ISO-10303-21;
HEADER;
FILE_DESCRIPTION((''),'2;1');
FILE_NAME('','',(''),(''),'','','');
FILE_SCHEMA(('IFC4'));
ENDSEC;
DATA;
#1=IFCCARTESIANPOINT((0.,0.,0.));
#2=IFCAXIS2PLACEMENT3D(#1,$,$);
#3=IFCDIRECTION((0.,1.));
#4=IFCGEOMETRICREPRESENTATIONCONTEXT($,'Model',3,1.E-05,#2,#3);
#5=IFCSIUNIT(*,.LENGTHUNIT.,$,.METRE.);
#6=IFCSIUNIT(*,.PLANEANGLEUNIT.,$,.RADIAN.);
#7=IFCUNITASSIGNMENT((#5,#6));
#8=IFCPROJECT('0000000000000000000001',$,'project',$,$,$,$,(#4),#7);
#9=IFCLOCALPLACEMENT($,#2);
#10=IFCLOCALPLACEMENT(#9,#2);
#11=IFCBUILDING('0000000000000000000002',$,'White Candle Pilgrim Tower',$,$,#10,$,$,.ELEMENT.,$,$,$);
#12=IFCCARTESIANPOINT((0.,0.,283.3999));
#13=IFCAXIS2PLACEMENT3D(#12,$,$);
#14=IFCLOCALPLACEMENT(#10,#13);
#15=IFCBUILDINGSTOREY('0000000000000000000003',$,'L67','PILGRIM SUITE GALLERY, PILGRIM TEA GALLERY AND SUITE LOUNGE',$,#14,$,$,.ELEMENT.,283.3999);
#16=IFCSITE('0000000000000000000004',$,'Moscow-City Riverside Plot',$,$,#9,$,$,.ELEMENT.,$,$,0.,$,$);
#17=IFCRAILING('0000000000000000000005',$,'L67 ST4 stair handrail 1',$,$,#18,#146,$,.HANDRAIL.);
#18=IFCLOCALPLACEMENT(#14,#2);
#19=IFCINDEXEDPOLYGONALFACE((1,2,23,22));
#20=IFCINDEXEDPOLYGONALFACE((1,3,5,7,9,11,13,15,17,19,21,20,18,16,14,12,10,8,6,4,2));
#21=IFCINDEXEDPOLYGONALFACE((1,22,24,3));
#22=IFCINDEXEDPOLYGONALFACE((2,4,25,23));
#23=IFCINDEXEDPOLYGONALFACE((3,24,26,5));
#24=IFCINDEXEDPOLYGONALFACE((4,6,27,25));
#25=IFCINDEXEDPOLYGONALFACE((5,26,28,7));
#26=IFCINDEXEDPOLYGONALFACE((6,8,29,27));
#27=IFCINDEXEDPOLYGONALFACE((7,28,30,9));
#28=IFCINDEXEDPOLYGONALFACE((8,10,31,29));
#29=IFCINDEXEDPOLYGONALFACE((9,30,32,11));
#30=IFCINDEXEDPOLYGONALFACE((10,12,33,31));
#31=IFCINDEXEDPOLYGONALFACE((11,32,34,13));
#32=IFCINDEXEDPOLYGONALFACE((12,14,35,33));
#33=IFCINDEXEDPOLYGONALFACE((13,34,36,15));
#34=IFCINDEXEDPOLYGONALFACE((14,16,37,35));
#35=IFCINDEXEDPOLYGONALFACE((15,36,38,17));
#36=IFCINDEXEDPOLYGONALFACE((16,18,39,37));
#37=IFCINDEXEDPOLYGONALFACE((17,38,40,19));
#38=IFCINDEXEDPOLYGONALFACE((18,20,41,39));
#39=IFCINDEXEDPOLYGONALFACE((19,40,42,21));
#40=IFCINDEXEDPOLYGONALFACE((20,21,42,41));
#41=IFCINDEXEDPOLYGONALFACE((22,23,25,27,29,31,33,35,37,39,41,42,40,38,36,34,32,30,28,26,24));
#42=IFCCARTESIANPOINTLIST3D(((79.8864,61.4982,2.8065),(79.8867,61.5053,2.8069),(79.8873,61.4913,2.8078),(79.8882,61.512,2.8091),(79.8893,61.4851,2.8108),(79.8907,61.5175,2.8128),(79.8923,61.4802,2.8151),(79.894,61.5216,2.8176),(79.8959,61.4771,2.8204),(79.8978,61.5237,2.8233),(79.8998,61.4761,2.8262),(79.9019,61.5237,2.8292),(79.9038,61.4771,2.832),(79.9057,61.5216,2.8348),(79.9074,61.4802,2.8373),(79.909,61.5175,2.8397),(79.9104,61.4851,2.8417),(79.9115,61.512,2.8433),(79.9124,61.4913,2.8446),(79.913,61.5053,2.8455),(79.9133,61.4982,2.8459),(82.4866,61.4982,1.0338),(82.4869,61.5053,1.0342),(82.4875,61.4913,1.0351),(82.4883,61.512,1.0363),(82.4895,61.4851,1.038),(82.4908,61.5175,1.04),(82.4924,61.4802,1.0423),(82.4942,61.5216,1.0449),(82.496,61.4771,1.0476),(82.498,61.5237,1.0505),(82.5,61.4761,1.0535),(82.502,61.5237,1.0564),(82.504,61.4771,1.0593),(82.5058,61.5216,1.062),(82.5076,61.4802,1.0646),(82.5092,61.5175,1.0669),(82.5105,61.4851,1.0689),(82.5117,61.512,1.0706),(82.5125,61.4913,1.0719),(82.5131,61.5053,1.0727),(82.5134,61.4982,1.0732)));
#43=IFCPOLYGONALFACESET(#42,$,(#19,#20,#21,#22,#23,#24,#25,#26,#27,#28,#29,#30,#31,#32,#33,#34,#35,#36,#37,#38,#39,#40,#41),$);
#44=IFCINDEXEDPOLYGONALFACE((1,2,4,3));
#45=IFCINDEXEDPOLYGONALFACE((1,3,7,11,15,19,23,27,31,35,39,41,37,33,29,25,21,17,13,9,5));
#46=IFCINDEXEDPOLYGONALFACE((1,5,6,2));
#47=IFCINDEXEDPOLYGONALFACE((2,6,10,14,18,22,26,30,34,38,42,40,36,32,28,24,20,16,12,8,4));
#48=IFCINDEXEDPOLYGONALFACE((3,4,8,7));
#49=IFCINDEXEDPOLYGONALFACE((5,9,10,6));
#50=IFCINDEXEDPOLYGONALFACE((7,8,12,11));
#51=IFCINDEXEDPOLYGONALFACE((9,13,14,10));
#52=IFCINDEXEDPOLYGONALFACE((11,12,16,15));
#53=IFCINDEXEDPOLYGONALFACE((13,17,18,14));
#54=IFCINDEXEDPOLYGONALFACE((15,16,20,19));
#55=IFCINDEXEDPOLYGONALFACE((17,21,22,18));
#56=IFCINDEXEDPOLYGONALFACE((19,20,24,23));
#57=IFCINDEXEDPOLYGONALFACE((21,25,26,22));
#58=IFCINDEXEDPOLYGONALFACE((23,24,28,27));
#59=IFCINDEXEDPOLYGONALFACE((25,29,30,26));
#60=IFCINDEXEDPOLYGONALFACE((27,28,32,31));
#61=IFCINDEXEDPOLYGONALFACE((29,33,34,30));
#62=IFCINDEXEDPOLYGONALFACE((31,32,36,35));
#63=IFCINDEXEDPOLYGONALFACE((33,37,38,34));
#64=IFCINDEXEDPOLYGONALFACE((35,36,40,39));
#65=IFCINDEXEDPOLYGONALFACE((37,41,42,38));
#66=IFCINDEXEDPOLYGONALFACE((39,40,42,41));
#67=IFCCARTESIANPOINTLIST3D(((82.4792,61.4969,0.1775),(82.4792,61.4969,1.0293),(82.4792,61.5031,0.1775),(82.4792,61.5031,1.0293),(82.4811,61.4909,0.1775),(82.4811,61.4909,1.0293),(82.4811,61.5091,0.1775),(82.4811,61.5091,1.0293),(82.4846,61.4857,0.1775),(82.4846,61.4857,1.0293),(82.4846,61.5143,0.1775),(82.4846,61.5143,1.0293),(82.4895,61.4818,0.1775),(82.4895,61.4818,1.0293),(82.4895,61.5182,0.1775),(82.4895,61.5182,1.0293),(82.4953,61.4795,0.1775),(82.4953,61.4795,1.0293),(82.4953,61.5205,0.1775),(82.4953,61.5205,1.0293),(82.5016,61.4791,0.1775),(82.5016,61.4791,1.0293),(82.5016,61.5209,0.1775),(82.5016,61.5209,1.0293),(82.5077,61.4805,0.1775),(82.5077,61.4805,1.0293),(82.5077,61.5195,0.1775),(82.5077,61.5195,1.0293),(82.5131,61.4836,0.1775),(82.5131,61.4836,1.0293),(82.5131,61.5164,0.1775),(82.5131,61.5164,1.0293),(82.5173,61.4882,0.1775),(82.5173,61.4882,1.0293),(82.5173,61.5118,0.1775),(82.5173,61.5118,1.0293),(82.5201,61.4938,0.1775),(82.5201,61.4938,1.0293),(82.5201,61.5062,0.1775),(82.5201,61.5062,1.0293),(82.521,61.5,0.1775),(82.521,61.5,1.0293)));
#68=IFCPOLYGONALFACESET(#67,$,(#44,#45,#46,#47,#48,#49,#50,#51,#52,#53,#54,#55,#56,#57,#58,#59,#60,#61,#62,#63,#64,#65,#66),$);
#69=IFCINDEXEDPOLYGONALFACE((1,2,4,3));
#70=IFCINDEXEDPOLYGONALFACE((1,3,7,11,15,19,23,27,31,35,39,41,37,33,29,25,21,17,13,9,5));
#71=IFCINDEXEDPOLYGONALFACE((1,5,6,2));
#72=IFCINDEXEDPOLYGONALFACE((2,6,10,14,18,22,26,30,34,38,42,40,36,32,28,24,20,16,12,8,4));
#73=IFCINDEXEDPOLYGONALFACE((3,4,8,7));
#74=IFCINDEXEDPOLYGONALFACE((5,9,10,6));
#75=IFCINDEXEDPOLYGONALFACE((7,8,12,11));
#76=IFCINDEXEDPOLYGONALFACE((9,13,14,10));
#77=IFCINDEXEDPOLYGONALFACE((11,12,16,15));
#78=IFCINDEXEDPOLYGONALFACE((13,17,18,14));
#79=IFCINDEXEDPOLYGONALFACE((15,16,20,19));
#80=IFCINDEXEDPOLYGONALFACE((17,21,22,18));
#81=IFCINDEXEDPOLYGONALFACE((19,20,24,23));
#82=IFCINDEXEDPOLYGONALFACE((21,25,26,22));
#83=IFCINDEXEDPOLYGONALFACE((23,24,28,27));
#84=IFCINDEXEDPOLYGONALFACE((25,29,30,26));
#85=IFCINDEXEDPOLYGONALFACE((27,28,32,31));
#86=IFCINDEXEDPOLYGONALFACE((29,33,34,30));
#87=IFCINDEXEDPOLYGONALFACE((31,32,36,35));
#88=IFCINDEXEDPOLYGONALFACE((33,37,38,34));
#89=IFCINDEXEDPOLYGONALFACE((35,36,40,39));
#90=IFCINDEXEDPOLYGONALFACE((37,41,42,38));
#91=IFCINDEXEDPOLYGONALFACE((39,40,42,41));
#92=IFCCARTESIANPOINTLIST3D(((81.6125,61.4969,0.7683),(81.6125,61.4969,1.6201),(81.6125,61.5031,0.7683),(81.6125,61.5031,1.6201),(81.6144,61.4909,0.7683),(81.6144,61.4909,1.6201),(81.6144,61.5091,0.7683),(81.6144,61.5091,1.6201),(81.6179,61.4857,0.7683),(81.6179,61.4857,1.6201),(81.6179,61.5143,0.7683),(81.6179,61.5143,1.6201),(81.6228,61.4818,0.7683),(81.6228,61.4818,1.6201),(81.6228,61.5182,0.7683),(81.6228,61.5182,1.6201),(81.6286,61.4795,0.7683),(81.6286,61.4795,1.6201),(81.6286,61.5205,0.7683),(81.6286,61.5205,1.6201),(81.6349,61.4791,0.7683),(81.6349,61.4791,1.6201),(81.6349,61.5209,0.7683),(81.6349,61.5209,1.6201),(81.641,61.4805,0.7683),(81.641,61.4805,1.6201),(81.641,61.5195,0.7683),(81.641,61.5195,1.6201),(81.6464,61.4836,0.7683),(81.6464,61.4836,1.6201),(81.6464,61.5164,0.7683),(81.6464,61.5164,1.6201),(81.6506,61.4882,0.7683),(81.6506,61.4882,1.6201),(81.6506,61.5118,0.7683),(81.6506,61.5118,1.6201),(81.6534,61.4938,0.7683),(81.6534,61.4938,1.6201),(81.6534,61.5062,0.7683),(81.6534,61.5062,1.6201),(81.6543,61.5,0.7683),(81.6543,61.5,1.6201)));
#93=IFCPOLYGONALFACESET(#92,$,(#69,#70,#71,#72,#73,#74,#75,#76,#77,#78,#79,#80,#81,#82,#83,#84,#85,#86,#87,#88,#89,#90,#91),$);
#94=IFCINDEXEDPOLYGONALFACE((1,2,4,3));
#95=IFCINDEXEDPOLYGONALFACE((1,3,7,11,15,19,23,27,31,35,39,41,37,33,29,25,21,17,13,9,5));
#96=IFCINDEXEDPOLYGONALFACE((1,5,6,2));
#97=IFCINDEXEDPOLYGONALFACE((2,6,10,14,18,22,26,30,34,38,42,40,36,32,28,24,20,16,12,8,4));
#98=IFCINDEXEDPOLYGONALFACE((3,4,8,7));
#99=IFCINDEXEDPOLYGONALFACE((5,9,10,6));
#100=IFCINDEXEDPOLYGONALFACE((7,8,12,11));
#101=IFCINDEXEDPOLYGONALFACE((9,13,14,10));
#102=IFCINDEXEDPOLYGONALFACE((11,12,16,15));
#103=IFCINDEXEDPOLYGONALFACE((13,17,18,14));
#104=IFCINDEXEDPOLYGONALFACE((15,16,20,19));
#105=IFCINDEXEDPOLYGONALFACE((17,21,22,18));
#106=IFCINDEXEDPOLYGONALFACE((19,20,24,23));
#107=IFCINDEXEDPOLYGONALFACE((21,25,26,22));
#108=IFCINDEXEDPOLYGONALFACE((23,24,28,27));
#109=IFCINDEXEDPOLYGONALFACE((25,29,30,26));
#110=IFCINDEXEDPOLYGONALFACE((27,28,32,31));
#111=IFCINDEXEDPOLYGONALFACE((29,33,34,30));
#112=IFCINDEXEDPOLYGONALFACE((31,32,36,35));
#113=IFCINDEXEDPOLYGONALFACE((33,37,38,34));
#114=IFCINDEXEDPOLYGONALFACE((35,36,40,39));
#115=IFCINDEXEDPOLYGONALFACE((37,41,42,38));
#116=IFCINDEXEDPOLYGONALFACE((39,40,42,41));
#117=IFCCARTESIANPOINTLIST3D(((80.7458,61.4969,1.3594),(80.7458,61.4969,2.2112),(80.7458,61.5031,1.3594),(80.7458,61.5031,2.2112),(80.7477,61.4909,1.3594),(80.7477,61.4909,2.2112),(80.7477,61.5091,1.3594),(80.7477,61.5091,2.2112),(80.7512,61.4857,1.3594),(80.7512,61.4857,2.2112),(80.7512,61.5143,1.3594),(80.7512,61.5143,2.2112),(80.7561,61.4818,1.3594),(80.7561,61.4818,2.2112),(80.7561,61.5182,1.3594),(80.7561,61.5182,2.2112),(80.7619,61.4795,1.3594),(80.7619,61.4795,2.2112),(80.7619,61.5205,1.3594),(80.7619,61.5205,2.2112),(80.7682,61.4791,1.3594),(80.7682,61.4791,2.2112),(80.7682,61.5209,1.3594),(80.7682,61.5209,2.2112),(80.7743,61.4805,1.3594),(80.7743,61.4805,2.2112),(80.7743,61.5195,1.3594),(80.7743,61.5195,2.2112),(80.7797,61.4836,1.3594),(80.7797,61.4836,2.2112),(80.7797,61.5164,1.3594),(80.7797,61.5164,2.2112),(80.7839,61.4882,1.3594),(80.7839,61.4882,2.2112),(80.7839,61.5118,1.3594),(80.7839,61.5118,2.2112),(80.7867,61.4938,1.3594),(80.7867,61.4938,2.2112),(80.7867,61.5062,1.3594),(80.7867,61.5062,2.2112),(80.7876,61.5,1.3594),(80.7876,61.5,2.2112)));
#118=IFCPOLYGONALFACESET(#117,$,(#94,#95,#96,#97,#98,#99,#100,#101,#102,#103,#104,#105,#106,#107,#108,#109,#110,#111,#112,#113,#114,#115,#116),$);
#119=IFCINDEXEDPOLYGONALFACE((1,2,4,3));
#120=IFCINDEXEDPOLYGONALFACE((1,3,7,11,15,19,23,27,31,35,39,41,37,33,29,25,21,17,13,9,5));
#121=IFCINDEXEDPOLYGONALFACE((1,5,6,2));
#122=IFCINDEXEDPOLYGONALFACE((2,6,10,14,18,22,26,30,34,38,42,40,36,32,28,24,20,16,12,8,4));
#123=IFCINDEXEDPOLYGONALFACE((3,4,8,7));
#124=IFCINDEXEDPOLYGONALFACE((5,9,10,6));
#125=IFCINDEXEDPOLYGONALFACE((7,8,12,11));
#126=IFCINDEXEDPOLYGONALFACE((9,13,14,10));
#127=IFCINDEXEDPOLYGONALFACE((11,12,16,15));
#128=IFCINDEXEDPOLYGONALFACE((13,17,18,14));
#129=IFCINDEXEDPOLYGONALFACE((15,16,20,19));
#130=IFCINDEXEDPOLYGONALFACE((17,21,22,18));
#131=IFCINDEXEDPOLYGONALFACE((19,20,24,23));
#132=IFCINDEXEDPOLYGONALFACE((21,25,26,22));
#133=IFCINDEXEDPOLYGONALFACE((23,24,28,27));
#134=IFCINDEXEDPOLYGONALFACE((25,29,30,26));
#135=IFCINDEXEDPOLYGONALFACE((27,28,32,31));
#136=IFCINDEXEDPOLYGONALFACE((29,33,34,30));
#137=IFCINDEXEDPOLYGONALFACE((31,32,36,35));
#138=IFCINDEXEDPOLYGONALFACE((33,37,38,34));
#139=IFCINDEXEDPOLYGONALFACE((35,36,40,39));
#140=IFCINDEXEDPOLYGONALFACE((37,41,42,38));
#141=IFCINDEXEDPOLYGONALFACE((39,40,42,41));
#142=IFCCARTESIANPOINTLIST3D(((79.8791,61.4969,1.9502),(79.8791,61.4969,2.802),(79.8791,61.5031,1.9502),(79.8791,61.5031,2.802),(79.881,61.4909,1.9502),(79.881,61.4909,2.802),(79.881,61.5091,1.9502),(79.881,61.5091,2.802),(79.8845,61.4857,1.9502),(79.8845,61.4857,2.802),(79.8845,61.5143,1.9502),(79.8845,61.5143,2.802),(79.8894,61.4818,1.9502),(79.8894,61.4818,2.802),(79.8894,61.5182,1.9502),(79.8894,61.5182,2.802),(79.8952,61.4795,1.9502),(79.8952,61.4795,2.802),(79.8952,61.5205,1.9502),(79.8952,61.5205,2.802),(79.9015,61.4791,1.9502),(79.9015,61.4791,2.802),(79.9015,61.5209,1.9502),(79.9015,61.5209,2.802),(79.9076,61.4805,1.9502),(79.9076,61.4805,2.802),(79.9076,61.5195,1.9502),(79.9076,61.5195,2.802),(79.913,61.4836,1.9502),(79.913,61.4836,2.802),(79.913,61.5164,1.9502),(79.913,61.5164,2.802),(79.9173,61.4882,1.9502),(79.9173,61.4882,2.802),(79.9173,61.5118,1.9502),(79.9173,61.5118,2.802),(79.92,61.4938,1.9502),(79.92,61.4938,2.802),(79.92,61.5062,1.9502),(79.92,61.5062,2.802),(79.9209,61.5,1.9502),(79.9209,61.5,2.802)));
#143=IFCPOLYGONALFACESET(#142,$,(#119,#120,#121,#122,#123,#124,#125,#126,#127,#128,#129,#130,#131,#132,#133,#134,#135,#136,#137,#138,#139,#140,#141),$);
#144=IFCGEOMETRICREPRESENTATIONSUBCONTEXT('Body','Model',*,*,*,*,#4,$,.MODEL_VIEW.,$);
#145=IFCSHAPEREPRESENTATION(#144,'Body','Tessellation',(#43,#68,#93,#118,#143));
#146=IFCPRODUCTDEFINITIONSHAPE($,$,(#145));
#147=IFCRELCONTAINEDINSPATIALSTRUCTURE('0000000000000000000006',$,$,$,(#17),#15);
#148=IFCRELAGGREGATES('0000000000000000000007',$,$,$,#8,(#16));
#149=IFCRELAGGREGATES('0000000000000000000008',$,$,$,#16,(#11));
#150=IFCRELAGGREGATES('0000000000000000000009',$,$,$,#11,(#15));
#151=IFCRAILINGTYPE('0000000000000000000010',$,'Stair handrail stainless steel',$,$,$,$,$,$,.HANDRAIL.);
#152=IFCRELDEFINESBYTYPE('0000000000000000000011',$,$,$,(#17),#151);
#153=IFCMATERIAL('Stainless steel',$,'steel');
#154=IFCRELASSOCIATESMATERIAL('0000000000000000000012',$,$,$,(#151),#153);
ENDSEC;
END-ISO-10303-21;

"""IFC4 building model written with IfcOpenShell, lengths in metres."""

from ifc_helpers import new_model, si_unit, direction, frame, origin, origin_2d, place, context, subcontext, project, spatial, circle, extrude, material, type_object, element, save


model = new_model("IFC4")

# Units and contexts
model_context = context("Model", 3, precision=1e-05, world=origin(), true_north=direction((0.0, 1.0)))
body_context = subcontext(model_context, "Body", "Model", "MODEL_VIEW")
ifc_project = project(units=[si_unit("LENGTHUNIT", "METRE"), si_unit("PLANEANGLEUNIT", "RADIAN")], contexts=[model_context])

# Site, building, storey
site_placement = place(None, origin())
site = spatial("IfcSite", under=ifc_project, at=site_placement, Name="Moscow-City Riverside Plot", CompositionType="ELEMENT", RefElevation=0.0)
building_placement = place(site_placement, origin())
building = spatial("IfcBuilding", under=site, at=building_placement, Name="White Candle Pilgrim Tower", CompositionType="ELEMENT")
storey_placement = place(building_placement, frame((0.0, 0.0, 283.3999)))
storey = spatial("IfcBuildingStorey", under=building, at=storey_placement, Name="L67", Description="PILGRIM SUITE GALLERY, PILGRIM TEA GALLERY AND SUITE LOUNGE", CompositionType="ELEMENT", Elevation=283.3999)

# Railing
ifc_material_1 = material(Name="Stainless steel", Category="steel")
railing_type = type_object("IfcRailingType", Name="Stair handrail stainless steel", PredefinedType="HANDRAIL", material=ifc_material_1)
railing_placement = place(storey_placement, frame((82.5, 61.5, 0.1775)))
element("IfcRailing", 1, at=railing_placement, inside=storey, type_object=railing_type, Name="L67 ST4 stair handrail 1", PredefinedType="HANDRAIL", context=body_context, shape_type="SweptSolid", body=[
    extrude(circle(Radius=0.0239, at=origin_2d()), frame((0.0, 0.0, 0.876), z_axis=(-0.82624, 0.0, 0.563318), x_axis=(0.0, -1.0, 0.0)), (0.0, 0.0, 1.0), 3.147),
    extrude(circle(Radius=0.021, at=origin_2d()), origin(), (0.0, 0.0, 1.0), 0.8518),
    extrude(circle(Radius=0.021, at=origin_2d()), frame((-0.8667, 0.0, 0.5908)), (0.0, 0.0, 1.0), 0.8518),
    extrude(circle(Radius=0.021, at=origin_2d()), frame((-1.7334, 0.0, 1.1819)), (0.0, 0.0, 1.0), 0.8518),
    extrude(circle(Radius=0.021, at=origin_2d()), frame((-2.6001, 0.0, 1.7727)), (0.0, 0.0, 1.0), 0.8518),
])

save(model, "model.ifc")
